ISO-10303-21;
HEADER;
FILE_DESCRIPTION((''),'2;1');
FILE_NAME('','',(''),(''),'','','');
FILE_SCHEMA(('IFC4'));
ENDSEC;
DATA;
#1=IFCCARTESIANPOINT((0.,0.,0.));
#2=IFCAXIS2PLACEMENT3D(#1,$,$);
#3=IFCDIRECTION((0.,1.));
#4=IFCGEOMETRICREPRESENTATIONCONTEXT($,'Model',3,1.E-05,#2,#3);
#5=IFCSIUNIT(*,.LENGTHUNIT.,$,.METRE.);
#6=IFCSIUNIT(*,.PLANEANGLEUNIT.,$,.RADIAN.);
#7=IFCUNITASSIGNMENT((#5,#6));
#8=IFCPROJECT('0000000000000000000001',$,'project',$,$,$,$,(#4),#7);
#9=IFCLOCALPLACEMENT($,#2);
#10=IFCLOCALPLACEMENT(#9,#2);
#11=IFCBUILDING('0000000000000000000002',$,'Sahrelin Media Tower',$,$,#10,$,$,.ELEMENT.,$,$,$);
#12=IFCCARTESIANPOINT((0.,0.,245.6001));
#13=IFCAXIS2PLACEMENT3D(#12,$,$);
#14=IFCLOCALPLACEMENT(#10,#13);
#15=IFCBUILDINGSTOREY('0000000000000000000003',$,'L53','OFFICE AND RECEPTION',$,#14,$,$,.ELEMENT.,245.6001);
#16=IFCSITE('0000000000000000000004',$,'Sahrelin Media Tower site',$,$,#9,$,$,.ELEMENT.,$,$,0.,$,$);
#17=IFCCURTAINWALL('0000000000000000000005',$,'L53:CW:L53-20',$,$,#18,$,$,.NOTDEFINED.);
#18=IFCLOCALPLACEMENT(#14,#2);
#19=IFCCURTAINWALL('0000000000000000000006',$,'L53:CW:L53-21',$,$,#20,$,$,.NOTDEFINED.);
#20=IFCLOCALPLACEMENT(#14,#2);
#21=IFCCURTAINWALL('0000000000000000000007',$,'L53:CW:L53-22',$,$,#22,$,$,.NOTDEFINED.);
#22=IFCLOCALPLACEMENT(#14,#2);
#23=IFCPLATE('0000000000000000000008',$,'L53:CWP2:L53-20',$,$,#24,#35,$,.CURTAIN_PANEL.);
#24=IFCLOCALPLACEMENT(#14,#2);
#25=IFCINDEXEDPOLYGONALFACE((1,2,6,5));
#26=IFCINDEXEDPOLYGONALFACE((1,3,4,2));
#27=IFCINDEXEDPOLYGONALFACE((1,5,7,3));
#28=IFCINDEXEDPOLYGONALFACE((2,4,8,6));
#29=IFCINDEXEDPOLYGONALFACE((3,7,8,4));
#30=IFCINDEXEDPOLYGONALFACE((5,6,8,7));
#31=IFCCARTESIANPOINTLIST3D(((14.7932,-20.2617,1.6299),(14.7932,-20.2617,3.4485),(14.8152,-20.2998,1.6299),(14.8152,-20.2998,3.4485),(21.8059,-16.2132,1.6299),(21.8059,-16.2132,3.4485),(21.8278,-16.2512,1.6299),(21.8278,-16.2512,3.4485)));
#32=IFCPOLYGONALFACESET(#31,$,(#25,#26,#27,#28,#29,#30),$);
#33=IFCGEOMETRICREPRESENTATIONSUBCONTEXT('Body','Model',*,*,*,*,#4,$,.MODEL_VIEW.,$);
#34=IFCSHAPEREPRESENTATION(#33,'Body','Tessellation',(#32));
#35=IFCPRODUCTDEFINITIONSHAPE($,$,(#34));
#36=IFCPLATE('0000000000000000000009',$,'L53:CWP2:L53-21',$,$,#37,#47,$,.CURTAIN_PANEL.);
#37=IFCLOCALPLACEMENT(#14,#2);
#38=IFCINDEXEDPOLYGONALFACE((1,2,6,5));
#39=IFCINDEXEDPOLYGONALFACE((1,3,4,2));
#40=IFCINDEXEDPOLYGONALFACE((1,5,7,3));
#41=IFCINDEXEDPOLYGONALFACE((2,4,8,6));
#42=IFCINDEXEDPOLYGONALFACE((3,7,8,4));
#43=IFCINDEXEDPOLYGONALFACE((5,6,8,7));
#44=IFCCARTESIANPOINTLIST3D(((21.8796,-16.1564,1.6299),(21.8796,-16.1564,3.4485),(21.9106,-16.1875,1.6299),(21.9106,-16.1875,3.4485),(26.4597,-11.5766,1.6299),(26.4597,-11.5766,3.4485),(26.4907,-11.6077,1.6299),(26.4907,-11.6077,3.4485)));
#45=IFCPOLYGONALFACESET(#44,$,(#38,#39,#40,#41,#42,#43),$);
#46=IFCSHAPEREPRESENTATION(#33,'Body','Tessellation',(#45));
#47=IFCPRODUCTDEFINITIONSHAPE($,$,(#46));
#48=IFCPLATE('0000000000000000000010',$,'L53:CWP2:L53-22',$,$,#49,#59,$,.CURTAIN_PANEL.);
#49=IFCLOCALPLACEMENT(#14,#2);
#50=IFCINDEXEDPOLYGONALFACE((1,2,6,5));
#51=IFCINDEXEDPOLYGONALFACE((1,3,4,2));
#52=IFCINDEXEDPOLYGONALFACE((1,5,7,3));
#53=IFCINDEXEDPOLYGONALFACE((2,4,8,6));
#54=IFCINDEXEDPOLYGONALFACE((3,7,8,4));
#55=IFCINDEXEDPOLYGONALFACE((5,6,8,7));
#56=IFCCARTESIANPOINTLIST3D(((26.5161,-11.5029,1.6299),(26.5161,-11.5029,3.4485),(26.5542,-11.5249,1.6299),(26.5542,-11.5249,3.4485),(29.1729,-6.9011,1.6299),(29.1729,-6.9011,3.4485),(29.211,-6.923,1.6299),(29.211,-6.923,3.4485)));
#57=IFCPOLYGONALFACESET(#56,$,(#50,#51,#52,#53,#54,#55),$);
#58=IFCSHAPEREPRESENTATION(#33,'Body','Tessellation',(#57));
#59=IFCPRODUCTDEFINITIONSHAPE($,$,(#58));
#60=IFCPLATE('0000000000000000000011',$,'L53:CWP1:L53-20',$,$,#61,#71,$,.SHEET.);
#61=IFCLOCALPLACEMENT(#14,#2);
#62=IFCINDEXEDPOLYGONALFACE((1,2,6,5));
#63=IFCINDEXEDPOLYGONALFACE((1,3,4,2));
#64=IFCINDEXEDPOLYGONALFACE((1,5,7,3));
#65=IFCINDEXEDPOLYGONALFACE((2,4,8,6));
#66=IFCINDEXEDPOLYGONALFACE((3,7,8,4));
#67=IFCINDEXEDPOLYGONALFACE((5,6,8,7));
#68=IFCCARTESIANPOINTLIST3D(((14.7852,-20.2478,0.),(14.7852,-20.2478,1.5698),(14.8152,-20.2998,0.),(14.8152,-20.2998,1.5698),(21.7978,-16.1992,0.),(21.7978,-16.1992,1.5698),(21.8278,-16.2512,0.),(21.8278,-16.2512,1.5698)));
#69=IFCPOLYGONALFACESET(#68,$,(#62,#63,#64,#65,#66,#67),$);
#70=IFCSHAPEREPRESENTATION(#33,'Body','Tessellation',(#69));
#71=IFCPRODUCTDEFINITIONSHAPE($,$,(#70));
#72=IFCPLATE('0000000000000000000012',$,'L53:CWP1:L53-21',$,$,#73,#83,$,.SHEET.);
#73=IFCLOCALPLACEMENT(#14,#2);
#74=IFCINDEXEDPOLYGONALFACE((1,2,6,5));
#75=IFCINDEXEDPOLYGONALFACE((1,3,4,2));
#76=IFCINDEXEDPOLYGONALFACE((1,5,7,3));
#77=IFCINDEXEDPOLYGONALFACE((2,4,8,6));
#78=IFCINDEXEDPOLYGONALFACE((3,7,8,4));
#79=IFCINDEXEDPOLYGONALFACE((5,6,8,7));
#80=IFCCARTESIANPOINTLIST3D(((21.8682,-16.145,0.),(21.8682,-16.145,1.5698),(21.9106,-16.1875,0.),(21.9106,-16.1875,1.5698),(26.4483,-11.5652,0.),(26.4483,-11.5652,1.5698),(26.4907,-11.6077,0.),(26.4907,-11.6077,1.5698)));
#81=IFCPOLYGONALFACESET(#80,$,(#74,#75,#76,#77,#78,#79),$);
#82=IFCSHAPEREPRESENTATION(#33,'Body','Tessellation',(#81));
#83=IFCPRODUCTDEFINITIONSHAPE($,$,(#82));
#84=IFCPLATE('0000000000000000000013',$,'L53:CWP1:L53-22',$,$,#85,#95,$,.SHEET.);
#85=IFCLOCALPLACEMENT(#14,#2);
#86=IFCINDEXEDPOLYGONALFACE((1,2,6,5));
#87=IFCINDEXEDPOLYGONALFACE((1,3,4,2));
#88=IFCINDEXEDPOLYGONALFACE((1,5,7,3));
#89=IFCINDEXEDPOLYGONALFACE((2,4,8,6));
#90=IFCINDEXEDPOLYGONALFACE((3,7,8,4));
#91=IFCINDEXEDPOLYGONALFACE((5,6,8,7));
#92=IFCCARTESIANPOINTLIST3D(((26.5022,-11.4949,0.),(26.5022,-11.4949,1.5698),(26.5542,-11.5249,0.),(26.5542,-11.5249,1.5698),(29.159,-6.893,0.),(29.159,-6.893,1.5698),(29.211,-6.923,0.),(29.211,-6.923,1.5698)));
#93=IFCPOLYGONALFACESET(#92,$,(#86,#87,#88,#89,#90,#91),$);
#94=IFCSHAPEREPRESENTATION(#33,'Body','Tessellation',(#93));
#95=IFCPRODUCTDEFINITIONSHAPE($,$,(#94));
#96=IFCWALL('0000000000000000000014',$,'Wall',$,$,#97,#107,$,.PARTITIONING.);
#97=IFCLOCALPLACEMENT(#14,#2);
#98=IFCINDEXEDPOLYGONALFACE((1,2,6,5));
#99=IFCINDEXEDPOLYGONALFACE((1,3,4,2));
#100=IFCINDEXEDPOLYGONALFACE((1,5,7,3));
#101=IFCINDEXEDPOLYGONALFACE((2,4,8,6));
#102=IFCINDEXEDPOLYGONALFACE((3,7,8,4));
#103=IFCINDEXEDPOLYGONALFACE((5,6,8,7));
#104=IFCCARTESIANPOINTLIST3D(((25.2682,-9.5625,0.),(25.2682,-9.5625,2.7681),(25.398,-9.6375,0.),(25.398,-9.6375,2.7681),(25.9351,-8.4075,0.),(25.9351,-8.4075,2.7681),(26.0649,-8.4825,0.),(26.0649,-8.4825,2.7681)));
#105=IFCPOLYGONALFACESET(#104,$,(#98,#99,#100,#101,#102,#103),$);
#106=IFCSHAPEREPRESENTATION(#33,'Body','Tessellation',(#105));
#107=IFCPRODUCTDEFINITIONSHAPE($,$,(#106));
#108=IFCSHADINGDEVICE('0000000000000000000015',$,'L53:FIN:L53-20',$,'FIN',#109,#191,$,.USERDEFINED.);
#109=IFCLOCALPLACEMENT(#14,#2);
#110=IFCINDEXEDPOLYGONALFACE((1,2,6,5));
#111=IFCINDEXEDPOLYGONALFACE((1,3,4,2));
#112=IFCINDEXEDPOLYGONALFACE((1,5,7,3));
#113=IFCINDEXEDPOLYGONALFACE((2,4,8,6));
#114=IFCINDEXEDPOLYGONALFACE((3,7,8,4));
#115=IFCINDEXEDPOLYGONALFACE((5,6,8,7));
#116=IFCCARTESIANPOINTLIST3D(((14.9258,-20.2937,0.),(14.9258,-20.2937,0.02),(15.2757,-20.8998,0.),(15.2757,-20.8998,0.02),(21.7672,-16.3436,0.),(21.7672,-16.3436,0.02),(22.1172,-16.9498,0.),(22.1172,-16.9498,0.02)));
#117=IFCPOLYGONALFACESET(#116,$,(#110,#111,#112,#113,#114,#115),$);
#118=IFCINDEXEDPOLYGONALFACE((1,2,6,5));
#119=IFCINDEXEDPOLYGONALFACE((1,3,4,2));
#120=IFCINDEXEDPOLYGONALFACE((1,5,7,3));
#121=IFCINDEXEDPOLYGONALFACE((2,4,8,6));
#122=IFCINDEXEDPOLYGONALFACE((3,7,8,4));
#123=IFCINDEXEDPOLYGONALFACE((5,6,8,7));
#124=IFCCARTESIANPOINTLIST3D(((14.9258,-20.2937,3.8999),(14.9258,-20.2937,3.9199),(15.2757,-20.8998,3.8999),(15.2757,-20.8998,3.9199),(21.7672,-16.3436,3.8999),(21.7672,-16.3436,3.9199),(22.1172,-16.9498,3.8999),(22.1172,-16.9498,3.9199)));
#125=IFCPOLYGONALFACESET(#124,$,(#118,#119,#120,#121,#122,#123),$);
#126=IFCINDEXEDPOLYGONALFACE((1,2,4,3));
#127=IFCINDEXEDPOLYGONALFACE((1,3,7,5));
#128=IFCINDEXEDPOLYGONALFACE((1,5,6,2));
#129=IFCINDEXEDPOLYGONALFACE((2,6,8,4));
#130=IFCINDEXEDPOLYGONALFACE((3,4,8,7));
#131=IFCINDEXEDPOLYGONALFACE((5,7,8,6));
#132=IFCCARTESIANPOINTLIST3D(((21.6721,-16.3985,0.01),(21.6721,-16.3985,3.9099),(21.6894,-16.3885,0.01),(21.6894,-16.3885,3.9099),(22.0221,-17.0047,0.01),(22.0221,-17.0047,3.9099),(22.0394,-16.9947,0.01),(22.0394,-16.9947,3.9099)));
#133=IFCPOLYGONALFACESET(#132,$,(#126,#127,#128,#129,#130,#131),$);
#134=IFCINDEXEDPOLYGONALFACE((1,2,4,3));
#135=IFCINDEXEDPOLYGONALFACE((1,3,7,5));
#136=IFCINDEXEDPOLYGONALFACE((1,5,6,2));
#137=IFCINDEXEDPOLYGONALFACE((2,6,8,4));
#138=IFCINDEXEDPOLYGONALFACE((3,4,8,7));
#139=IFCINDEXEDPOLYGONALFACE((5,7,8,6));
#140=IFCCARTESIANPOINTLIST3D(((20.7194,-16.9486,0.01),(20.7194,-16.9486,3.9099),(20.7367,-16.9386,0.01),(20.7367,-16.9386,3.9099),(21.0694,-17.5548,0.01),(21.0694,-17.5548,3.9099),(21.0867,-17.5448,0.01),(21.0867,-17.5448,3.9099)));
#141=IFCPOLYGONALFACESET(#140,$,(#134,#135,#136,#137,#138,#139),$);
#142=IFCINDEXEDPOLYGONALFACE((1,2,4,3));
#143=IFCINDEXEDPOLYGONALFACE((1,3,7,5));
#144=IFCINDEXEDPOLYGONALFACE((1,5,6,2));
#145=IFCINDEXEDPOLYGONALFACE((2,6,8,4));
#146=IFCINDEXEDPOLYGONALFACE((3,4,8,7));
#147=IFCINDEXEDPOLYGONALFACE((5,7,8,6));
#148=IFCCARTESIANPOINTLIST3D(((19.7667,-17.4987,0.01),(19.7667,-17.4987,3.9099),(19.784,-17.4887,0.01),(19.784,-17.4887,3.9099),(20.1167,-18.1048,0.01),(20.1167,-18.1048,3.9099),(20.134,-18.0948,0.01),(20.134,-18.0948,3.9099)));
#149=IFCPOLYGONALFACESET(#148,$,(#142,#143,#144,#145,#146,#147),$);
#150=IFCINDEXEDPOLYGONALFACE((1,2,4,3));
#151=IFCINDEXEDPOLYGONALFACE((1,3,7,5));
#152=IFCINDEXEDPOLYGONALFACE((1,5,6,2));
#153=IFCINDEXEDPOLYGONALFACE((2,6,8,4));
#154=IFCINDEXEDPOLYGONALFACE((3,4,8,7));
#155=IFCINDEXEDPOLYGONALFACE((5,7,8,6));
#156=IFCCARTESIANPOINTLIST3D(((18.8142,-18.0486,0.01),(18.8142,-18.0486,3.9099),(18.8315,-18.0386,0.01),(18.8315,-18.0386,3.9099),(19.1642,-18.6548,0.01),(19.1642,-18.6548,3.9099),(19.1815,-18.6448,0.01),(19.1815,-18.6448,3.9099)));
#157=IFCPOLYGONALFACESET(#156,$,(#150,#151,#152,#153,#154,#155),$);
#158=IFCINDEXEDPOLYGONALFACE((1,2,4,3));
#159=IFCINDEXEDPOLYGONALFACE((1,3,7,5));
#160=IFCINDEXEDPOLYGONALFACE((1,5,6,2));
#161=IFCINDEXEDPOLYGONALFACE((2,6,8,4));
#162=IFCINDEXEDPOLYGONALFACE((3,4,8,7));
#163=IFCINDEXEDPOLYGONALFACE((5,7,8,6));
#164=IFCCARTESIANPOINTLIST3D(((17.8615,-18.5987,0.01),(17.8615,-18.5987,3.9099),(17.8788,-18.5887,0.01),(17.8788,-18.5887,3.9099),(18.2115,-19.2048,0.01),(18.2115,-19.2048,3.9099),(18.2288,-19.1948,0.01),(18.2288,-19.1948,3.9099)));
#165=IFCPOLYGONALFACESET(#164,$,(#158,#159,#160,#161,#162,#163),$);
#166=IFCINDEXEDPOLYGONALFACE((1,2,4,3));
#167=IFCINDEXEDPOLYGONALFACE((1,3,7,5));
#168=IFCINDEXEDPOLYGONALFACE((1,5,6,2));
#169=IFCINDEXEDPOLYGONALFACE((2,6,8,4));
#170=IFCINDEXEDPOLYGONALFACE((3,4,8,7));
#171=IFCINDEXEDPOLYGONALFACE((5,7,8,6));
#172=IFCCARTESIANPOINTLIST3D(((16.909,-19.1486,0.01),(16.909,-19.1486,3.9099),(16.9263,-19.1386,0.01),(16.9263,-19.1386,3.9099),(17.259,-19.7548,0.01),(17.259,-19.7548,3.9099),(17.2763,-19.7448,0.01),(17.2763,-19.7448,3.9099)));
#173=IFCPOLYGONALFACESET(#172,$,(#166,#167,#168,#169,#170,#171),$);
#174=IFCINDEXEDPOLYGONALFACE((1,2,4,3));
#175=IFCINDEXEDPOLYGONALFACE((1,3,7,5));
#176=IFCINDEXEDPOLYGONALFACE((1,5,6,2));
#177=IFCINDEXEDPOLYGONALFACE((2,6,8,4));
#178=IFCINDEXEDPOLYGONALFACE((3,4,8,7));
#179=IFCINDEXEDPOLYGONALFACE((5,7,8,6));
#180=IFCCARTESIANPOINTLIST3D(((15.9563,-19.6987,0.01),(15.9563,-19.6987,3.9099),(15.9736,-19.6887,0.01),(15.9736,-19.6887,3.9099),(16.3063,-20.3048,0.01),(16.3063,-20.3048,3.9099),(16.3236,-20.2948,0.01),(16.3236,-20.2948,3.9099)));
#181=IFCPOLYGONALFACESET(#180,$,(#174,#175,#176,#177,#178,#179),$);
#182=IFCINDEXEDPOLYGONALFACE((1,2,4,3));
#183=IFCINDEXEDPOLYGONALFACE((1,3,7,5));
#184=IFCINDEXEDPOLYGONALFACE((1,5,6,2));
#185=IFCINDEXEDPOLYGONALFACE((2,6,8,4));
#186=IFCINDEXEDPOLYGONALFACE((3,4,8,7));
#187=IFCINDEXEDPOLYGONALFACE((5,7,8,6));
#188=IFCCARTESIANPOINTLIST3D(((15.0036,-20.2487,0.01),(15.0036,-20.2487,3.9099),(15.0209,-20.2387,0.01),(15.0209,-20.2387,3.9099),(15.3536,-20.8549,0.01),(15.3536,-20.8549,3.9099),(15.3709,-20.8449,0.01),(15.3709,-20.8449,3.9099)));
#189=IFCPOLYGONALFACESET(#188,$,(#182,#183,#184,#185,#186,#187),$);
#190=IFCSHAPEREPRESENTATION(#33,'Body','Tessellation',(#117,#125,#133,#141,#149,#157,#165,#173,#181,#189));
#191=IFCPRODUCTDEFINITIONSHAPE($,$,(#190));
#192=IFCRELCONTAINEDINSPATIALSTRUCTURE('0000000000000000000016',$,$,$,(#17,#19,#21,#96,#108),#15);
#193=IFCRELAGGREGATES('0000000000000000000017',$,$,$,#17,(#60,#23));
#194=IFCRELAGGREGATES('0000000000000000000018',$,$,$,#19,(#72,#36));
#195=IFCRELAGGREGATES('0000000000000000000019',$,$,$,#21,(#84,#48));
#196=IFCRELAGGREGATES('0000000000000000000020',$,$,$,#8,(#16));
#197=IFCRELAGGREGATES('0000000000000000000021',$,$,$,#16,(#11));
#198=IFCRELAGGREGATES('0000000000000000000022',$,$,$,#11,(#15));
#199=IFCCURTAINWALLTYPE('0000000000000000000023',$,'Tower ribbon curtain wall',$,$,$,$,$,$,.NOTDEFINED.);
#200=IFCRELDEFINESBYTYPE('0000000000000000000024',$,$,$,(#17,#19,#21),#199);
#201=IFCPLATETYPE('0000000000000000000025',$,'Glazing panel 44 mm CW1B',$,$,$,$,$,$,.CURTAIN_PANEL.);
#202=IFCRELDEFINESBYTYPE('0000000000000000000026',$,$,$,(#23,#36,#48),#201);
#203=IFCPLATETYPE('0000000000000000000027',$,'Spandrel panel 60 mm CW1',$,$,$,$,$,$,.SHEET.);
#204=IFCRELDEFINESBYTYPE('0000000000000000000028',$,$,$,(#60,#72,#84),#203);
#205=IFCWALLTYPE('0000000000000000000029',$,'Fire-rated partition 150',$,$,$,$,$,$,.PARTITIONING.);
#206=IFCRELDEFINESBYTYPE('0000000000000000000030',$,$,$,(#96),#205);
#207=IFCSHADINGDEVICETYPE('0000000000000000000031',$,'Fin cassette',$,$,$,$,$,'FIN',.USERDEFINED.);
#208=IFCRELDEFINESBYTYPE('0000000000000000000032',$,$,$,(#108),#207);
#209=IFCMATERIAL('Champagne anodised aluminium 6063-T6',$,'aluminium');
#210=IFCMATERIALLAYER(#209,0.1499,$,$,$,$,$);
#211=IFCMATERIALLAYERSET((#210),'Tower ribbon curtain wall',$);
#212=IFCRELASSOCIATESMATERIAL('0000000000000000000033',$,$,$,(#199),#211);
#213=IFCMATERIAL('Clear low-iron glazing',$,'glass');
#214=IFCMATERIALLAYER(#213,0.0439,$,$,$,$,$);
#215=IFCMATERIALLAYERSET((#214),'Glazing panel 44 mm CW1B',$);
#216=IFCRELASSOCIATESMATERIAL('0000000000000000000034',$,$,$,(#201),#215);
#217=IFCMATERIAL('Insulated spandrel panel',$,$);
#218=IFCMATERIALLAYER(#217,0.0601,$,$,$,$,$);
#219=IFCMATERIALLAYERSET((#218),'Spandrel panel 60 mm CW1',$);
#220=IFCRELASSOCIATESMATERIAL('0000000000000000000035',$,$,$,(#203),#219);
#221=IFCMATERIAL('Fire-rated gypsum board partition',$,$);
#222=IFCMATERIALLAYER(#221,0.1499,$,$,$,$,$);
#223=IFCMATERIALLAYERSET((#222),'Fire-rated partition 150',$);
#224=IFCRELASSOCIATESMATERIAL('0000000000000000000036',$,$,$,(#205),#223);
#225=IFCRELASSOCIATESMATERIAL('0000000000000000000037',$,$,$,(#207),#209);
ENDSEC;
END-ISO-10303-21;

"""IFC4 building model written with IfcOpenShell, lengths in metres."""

from ifc_helpers import new_model, si_unit, direction, frame, frame_2d, origin, origin_2d, place, context, subcontext, project, spatial, polyline, rectangle, outline, extrude, material, layer, layer_set, type_object, element, aggregate, save


model = new_model("IFC4")

# Units and contexts
model_context = context("Model", 3, precision=1e-05, world=origin(), true_north=direction((0.0, 1.0)))
body_context = subcontext(model_context, "Body", "Model", "MODEL_VIEW")
ifc_project = project(units=[si_unit("LENGTHUNIT", "METRE"), si_unit("PLANEANGLEUNIT", "RADIAN")], contexts=[model_context])

# Site, building, storey
site_placement = place(None, origin())
site = spatial("IfcSite", under=ifc_project, at=site_placement, Name="Sahrelin Media Tower site", CompositionType="ELEMENT", RefElevation=0.0)
building_placement = place(site_placement, origin())
building = spatial("IfcBuilding", under=site, at=building_placement, Name="Sahrelin Media Tower", CompositionType="ELEMENT")
storey_placement = place(building_placement, frame((0.0, 0.0, 245.6001)))
storey = spatial("IfcBuildingStorey", under=building, at=storey_placement, Name="L53", Description="OFFICE AND RECEPTION", CompositionType="ELEMENT", Elevation=245.6001)

# Curtain walls
ifc_material_1 = material(Name="Champagne anodised aluminium 6063-T6", Category="aluminium")
ifc_layer_1 = layer(ifc_material_1, 0.1499)
ifc_layer_set_1 = layer_set([ifc_layer_1], Name="Tower ribbon curtain wall")
curtain_wall_type = type_object("IfcCurtainWallType", Name="Tower ribbon curtain wall", PredefinedType="NOTDEFINED", material=ifc_layer_set_1)
curtain_wall_1_placement = place(storey_placement, frame((18.3115, -18.2581, 0.0), z_axis=(0.0, 0.0, 1.0), x_axis=(1.0, 0.0, 0.0)))
curtain_wall_1 = element("IfcCurtainWall", 1, at=curtain_wall_1_placement, inside=storey, type_object=curtain_wall_type, Name="L53:CW:L53-20", PredefinedType="NOTDEFINED")
curtain_wall_2_placement = place(storey_placement, frame((24.1865, -13.8835, 0.0), z_axis=(0.0, 0.0, 1.0), x_axis=(1.0, 0.0, 0.0)))
curtain_wall_2 = element("IfcCurtainWall", 2, at=curtain_wall_2_placement, inside=storey, type_object=curtain_wall_type, Name="L53:CW:L53-21", PredefinedType="NOTDEFINED")

# Curtain wall
curtain_wall_3_placement = place(storey_placement, frame((27.8652, -9.2141, 0.0), z_axis=(0.0, 0.0, 1.0), x_axis=(1.0, 0.0, 0.0)))
curtain_wall_3 = element("IfcCurtainWall", 3, at=curtain_wall_3_placement, inside=storey, type_object=curtain_wall_type, Name="L53:CW:L53-22", PredefinedType="NOTDEFINED")

# Plates
ifc_material_2 = material(Name="Clear low-iron glazing", Category="glass")
ifc_layer_2 = layer(ifc_material_2, 0.0439)
ifc_layer_set_2 = layer_set([ifc_layer_2], Name="Glazing panel 44 mm CW1B")
plate_type_1 = type_object("IfcPlateType", Name="Glazing panel 44 mm CW1B", PredefinedType="CURTAIN_PANEL", material=ifc_layer_set_2)
plate_1_placement = place(storey_placement, frame((14.8152, -20.2998, 1.6299), z_axis=(0.499982, -0.866036, 0.0), x_axis=(0.866036, 0.499982, 0.0)))
plate_1 = element("IfcPlate", 4, at=plate_1_placement, type_object=plate_type_1, Name="L53:CWP2:L53-20", PredefinedType="CURTAIN_PANEL", context=body_context, shape_type="SweptSolid", body=[
    extrude(outline(polyline([(0.0, 0.0), (8.0974, 0.0), (8.0974, 1.8186), (0.0, 1.8186), (0.0, 0.0)])), origin(), (0.0, 0.0, -1.0), 0.0439),
])
plate_2_placement = place(storey_placement, frame((21.9106, -16.1875, 1.6299), z_axis=(0.707088, -0.707126, 0.0), x_axis=(0.707126, 0.707088, 0.0)))
plate_2 = element("IfcPlate", 5, at=plate_2_placement, type_object=plate_type_1, Name="L53:CWP2:L53-21", PredefinedType="CURTAIN_PANEL", context=body_context, shape_type="SweptSolid", body=[
    extrude(outline(polyline([(0.0, 0.0), (6.4771, 0.0), (6.4771, 1.8186), (0.0, 1.8186), (0.0, 0.0)])), origin(), (0.0, 0.0, -1.0), 0.0439),
])
plate_3_placement = place(storey_placement, frame((26.5542, -11.5249, 1.6299), z_axis=(0.866035, -0.499984, 0.0), x_axis=(0.499984, 0.866035, 0.0)))
plate_3 = element("IfcPlate", 6, at=plate_3_placement, type_object=plate_type_1, Name="L53:CWP2:L53-22", PredefinedType="CURTAIN_PANEL", context=body_context, shape_type="SweptSolid", body=[
    extrude(outline(polyline([(0.0, 0.0), (5.3137, 0.0), (5.3137, 1.8186), (0.0, 1.8186), (0.0, 0.0)])), origin(), (0.0, 0.0, -1.0), 0.0439),
])
ifc_material_3 = material(Name="Insulated spandrel panel")
ifc_layer_3 = layer(ifc_material_3, 0.0601)
ifc_layer_set_3 = layer_set([ifc_layer_3], Name="Spandrel panel 60 mm CW1")
plate_type_2 = type_object("IfcPlateType", Name="Spandrel panel 60 mm CW1", PredefinedType="SHEET", material=ifc_layer_set_3)
plate_4_placement = place(storey_placement, frame((14.8152, -20.2998, 0.0), z_axis=(0.499982, -0.866036, 0.0), x_axis=(0.866036, 0.499982, 0.0)))
plate_4 = element("IfcPlate", 7, at=plate_4_placement, type_object=plate_type_2, Name="L53:CWP1:L53-20", PredefinedType="SHEET", context=body_context, shape_type="SweptSolid", body=[
    extrude(outline(polyline([(0.0, 0.0), (8.0974, 0.0), (8.0974, 1.5698), (0.0, 1.5698), (0.0, 0.0)])), origin(), (0.0, 0.0, -1.0), 0.0601),
])
aggregate(curtain_wall_1, [plate_4, plate_1])
plate_5_placement = place(storey_placement, frame((21.9106, -16.1875, 0.0), z_axis=(0.707088, -0.707126, 0.0), x_axis=(0.707126, 0.707088, 0.0)))
plate_5 = element("IfcPlate", 8, at=plate_5_placement, type_object=plate_type_2, Name="L53:CWP1:L53-21", PredefinedType="SHEET", context=body_context, shape_type="SweptSolid", body=[
    extrude(outline(polyline([(0.0, 0.0), (6.4771, 0.0), (6.4771, 1.5698), (0.0, 1.5698), (0.0, 0.0)])), origin(), (0.0, 0.0, -1.0), 0.0601),
])
aggregate(curtain_wall_2, [plate_5, plate_2])
plate_6_placement = place(storey_placement, frame((26.5542, -11.5249, 0.0), z_axis=(0.866035, -0.499984, 0.0), x_axis=(0.499984, 0.866035, 0.0)))
plate_6 = element("IfcPlate", 9, at=plate_6_placement, type_object=plate_type_2, Name="L53:CWP1:L53-22", PredefinedType="SHEET", context=body_context, shape_type="SweptSolid", body=[
    extrude(outline(polyline([(0.0, 0.0), (5.3137, 0.0), (5.3137, 1.5698), (0.0, 1.5698), (0.0, 0.0)])), origin(), (0.0, 0.0, -1.0), 0.0601),
])
aggregate(curtain_wall_3, [plate_6, plate_3])

# Wall
ifc_material_4 = material(Name="Fire-rated gypsum board partition")
ifc_layer_4 = layer(ifc_material_4, 0.1499)
ifc_layer_set_4 = layer_set([ifc_layer_4], Name="Fire-rated partition 150")
wall_type = type_object("IfcWallType", Name="Fire-rated partition 150", PredefinedType="PARTITIONING", material=ifc_layer_set_4)
wall_placement = place(storey_placement, frame((25.333, -9.6001, 0.0), z_axis=(0.0, 0.0, 1.0), x_axis=(0.500076, 0.865981, 0.0)))
element("IfcWall", 10, at=wall_placement, inside=storey, type_object=wall_type, Name="Wall", PredefinedType="PARTITIONING", context=body_context, shape_type="SweptSolid", body=[
    extrude(rectangle(XDim=1.3337, YDim=0.1499, at=frame_2d((0.667, 0.0))), origin(), (0.0, 0.0, 1.0), 2.7681),
])

# Shading device
shading_device_type_1 = type_object("IfcShadingDeviceType", Name="Fin cassette", ElementType="FIN", PredefinedType="USERDEFINED", material=ifc_material_1)
placement_1 = place(storey_placement, frame((18.3115, -18.2581, 0.0), z_axis=(0.0, 0.0, 1.0), x_axis=(-0.866019, -0.500011, 0.0)))
element("IfcShadingDevice", 11, at=placement_1, inside=storey, type_object=shading_device_type_1, Name="L53:FIN:L53-20", ObjectType="FIN", PredefinedType="USERDEFINED", context=body_context, shape_type="SweptSolid", body=[
    extrude(rectangle(XDim=7.8999, YDim=0.7, at=origin_2d()), frame((0.0, 0.4199, 0.0)), (0.0, 0.0, 1.0), 0.02),
    extrude(rectangle(XDim=7.8999, YDim=0.7, at=origin_2d()), frame((0.0, 0.4199, 3.8999)), (0.0, 0.0, 1.0), 0.02),
    extrude(rectangle(XDim=0.02, YDim=0.7, at=origin_2d()), frame((-3.8501, 0.4199, 0.01), z_axis=(0.0, 0.0, 1.0), x_axis=(1.0, 0.0, 0.0)), (0.0, 0.0, 1.0), 3.8999),
    extrude(rectangle(XDim=0.02, YDim=0.7, at=origin_2d()), frame((-2.75, 0.4199, 0.01), z_axis=(0.0, 0.0, 1.0), x_axis=(1.0, 0.0, 0.0)), (0.0, 0.0, 1.0), 3.8999),
    extrude(rectangle(XDim=0.02, YDim=0.7, at=origin_2d()), frame((-1.6499, 0.4199, 0.01), z_axis=(0.0, 0.0, 1.0), x_axis=(1.0, 0.0, 0.0)), (0.0, 0.0, 1.0), 3.8999),
    extrude(rectangle(XDim=0.02, YDim=0.7, at=origin_2d()), frame((-0.55, 0.4199, 0.01), z_axis=(0.0, 0.0, 1.0), x_axis=(1.0, 0.0, 0.0)), (0.0, 0.0, 1.0), 3.8999),
    extrude(rectangle(XDim=0.02, YDim=0.7, at=origin_2d()), frame((0.55, 0.4199, 0.01), z_axis=(0.0, 0.0, 1.0), x_axis=(1.0, 0.0, 0.0)), (0.0, 0.0, 1.0), 3.8999),
    extrude(rectangle(XDim=0.02, YDim=0.7, at=origin_2d()), frame((1.6499, 0.4199, 0.01), z_axis=(0.0, 0.0, 1.0), x_axis=(1.0, 0.0, 0.0)), (0.0, 0.0, 1.0), 3.8999),
    extrude(rectangle(XDim=0.02, YDim=0.7, at=origin_2d()), frame((2.75, 0.4199, 0.01), z_axis=(0.0, 0.0, 1.0), x_axis=(1.0, 0.0, 0.0)), (0.0, 0.0, 1.0), 3.8999),
    extrude(rectangle(XDim=0.02, YDim=0.7, at=origin_2d()), frame((3.8501, 0.4199, 0.01), z_axis=(0.0, 0.0, 1.0), x_axis=(1.0, 0.0, 0.0)), (0.0, 0.0, 1.0), 3.8999),
])

save(model, "model.ifc")
